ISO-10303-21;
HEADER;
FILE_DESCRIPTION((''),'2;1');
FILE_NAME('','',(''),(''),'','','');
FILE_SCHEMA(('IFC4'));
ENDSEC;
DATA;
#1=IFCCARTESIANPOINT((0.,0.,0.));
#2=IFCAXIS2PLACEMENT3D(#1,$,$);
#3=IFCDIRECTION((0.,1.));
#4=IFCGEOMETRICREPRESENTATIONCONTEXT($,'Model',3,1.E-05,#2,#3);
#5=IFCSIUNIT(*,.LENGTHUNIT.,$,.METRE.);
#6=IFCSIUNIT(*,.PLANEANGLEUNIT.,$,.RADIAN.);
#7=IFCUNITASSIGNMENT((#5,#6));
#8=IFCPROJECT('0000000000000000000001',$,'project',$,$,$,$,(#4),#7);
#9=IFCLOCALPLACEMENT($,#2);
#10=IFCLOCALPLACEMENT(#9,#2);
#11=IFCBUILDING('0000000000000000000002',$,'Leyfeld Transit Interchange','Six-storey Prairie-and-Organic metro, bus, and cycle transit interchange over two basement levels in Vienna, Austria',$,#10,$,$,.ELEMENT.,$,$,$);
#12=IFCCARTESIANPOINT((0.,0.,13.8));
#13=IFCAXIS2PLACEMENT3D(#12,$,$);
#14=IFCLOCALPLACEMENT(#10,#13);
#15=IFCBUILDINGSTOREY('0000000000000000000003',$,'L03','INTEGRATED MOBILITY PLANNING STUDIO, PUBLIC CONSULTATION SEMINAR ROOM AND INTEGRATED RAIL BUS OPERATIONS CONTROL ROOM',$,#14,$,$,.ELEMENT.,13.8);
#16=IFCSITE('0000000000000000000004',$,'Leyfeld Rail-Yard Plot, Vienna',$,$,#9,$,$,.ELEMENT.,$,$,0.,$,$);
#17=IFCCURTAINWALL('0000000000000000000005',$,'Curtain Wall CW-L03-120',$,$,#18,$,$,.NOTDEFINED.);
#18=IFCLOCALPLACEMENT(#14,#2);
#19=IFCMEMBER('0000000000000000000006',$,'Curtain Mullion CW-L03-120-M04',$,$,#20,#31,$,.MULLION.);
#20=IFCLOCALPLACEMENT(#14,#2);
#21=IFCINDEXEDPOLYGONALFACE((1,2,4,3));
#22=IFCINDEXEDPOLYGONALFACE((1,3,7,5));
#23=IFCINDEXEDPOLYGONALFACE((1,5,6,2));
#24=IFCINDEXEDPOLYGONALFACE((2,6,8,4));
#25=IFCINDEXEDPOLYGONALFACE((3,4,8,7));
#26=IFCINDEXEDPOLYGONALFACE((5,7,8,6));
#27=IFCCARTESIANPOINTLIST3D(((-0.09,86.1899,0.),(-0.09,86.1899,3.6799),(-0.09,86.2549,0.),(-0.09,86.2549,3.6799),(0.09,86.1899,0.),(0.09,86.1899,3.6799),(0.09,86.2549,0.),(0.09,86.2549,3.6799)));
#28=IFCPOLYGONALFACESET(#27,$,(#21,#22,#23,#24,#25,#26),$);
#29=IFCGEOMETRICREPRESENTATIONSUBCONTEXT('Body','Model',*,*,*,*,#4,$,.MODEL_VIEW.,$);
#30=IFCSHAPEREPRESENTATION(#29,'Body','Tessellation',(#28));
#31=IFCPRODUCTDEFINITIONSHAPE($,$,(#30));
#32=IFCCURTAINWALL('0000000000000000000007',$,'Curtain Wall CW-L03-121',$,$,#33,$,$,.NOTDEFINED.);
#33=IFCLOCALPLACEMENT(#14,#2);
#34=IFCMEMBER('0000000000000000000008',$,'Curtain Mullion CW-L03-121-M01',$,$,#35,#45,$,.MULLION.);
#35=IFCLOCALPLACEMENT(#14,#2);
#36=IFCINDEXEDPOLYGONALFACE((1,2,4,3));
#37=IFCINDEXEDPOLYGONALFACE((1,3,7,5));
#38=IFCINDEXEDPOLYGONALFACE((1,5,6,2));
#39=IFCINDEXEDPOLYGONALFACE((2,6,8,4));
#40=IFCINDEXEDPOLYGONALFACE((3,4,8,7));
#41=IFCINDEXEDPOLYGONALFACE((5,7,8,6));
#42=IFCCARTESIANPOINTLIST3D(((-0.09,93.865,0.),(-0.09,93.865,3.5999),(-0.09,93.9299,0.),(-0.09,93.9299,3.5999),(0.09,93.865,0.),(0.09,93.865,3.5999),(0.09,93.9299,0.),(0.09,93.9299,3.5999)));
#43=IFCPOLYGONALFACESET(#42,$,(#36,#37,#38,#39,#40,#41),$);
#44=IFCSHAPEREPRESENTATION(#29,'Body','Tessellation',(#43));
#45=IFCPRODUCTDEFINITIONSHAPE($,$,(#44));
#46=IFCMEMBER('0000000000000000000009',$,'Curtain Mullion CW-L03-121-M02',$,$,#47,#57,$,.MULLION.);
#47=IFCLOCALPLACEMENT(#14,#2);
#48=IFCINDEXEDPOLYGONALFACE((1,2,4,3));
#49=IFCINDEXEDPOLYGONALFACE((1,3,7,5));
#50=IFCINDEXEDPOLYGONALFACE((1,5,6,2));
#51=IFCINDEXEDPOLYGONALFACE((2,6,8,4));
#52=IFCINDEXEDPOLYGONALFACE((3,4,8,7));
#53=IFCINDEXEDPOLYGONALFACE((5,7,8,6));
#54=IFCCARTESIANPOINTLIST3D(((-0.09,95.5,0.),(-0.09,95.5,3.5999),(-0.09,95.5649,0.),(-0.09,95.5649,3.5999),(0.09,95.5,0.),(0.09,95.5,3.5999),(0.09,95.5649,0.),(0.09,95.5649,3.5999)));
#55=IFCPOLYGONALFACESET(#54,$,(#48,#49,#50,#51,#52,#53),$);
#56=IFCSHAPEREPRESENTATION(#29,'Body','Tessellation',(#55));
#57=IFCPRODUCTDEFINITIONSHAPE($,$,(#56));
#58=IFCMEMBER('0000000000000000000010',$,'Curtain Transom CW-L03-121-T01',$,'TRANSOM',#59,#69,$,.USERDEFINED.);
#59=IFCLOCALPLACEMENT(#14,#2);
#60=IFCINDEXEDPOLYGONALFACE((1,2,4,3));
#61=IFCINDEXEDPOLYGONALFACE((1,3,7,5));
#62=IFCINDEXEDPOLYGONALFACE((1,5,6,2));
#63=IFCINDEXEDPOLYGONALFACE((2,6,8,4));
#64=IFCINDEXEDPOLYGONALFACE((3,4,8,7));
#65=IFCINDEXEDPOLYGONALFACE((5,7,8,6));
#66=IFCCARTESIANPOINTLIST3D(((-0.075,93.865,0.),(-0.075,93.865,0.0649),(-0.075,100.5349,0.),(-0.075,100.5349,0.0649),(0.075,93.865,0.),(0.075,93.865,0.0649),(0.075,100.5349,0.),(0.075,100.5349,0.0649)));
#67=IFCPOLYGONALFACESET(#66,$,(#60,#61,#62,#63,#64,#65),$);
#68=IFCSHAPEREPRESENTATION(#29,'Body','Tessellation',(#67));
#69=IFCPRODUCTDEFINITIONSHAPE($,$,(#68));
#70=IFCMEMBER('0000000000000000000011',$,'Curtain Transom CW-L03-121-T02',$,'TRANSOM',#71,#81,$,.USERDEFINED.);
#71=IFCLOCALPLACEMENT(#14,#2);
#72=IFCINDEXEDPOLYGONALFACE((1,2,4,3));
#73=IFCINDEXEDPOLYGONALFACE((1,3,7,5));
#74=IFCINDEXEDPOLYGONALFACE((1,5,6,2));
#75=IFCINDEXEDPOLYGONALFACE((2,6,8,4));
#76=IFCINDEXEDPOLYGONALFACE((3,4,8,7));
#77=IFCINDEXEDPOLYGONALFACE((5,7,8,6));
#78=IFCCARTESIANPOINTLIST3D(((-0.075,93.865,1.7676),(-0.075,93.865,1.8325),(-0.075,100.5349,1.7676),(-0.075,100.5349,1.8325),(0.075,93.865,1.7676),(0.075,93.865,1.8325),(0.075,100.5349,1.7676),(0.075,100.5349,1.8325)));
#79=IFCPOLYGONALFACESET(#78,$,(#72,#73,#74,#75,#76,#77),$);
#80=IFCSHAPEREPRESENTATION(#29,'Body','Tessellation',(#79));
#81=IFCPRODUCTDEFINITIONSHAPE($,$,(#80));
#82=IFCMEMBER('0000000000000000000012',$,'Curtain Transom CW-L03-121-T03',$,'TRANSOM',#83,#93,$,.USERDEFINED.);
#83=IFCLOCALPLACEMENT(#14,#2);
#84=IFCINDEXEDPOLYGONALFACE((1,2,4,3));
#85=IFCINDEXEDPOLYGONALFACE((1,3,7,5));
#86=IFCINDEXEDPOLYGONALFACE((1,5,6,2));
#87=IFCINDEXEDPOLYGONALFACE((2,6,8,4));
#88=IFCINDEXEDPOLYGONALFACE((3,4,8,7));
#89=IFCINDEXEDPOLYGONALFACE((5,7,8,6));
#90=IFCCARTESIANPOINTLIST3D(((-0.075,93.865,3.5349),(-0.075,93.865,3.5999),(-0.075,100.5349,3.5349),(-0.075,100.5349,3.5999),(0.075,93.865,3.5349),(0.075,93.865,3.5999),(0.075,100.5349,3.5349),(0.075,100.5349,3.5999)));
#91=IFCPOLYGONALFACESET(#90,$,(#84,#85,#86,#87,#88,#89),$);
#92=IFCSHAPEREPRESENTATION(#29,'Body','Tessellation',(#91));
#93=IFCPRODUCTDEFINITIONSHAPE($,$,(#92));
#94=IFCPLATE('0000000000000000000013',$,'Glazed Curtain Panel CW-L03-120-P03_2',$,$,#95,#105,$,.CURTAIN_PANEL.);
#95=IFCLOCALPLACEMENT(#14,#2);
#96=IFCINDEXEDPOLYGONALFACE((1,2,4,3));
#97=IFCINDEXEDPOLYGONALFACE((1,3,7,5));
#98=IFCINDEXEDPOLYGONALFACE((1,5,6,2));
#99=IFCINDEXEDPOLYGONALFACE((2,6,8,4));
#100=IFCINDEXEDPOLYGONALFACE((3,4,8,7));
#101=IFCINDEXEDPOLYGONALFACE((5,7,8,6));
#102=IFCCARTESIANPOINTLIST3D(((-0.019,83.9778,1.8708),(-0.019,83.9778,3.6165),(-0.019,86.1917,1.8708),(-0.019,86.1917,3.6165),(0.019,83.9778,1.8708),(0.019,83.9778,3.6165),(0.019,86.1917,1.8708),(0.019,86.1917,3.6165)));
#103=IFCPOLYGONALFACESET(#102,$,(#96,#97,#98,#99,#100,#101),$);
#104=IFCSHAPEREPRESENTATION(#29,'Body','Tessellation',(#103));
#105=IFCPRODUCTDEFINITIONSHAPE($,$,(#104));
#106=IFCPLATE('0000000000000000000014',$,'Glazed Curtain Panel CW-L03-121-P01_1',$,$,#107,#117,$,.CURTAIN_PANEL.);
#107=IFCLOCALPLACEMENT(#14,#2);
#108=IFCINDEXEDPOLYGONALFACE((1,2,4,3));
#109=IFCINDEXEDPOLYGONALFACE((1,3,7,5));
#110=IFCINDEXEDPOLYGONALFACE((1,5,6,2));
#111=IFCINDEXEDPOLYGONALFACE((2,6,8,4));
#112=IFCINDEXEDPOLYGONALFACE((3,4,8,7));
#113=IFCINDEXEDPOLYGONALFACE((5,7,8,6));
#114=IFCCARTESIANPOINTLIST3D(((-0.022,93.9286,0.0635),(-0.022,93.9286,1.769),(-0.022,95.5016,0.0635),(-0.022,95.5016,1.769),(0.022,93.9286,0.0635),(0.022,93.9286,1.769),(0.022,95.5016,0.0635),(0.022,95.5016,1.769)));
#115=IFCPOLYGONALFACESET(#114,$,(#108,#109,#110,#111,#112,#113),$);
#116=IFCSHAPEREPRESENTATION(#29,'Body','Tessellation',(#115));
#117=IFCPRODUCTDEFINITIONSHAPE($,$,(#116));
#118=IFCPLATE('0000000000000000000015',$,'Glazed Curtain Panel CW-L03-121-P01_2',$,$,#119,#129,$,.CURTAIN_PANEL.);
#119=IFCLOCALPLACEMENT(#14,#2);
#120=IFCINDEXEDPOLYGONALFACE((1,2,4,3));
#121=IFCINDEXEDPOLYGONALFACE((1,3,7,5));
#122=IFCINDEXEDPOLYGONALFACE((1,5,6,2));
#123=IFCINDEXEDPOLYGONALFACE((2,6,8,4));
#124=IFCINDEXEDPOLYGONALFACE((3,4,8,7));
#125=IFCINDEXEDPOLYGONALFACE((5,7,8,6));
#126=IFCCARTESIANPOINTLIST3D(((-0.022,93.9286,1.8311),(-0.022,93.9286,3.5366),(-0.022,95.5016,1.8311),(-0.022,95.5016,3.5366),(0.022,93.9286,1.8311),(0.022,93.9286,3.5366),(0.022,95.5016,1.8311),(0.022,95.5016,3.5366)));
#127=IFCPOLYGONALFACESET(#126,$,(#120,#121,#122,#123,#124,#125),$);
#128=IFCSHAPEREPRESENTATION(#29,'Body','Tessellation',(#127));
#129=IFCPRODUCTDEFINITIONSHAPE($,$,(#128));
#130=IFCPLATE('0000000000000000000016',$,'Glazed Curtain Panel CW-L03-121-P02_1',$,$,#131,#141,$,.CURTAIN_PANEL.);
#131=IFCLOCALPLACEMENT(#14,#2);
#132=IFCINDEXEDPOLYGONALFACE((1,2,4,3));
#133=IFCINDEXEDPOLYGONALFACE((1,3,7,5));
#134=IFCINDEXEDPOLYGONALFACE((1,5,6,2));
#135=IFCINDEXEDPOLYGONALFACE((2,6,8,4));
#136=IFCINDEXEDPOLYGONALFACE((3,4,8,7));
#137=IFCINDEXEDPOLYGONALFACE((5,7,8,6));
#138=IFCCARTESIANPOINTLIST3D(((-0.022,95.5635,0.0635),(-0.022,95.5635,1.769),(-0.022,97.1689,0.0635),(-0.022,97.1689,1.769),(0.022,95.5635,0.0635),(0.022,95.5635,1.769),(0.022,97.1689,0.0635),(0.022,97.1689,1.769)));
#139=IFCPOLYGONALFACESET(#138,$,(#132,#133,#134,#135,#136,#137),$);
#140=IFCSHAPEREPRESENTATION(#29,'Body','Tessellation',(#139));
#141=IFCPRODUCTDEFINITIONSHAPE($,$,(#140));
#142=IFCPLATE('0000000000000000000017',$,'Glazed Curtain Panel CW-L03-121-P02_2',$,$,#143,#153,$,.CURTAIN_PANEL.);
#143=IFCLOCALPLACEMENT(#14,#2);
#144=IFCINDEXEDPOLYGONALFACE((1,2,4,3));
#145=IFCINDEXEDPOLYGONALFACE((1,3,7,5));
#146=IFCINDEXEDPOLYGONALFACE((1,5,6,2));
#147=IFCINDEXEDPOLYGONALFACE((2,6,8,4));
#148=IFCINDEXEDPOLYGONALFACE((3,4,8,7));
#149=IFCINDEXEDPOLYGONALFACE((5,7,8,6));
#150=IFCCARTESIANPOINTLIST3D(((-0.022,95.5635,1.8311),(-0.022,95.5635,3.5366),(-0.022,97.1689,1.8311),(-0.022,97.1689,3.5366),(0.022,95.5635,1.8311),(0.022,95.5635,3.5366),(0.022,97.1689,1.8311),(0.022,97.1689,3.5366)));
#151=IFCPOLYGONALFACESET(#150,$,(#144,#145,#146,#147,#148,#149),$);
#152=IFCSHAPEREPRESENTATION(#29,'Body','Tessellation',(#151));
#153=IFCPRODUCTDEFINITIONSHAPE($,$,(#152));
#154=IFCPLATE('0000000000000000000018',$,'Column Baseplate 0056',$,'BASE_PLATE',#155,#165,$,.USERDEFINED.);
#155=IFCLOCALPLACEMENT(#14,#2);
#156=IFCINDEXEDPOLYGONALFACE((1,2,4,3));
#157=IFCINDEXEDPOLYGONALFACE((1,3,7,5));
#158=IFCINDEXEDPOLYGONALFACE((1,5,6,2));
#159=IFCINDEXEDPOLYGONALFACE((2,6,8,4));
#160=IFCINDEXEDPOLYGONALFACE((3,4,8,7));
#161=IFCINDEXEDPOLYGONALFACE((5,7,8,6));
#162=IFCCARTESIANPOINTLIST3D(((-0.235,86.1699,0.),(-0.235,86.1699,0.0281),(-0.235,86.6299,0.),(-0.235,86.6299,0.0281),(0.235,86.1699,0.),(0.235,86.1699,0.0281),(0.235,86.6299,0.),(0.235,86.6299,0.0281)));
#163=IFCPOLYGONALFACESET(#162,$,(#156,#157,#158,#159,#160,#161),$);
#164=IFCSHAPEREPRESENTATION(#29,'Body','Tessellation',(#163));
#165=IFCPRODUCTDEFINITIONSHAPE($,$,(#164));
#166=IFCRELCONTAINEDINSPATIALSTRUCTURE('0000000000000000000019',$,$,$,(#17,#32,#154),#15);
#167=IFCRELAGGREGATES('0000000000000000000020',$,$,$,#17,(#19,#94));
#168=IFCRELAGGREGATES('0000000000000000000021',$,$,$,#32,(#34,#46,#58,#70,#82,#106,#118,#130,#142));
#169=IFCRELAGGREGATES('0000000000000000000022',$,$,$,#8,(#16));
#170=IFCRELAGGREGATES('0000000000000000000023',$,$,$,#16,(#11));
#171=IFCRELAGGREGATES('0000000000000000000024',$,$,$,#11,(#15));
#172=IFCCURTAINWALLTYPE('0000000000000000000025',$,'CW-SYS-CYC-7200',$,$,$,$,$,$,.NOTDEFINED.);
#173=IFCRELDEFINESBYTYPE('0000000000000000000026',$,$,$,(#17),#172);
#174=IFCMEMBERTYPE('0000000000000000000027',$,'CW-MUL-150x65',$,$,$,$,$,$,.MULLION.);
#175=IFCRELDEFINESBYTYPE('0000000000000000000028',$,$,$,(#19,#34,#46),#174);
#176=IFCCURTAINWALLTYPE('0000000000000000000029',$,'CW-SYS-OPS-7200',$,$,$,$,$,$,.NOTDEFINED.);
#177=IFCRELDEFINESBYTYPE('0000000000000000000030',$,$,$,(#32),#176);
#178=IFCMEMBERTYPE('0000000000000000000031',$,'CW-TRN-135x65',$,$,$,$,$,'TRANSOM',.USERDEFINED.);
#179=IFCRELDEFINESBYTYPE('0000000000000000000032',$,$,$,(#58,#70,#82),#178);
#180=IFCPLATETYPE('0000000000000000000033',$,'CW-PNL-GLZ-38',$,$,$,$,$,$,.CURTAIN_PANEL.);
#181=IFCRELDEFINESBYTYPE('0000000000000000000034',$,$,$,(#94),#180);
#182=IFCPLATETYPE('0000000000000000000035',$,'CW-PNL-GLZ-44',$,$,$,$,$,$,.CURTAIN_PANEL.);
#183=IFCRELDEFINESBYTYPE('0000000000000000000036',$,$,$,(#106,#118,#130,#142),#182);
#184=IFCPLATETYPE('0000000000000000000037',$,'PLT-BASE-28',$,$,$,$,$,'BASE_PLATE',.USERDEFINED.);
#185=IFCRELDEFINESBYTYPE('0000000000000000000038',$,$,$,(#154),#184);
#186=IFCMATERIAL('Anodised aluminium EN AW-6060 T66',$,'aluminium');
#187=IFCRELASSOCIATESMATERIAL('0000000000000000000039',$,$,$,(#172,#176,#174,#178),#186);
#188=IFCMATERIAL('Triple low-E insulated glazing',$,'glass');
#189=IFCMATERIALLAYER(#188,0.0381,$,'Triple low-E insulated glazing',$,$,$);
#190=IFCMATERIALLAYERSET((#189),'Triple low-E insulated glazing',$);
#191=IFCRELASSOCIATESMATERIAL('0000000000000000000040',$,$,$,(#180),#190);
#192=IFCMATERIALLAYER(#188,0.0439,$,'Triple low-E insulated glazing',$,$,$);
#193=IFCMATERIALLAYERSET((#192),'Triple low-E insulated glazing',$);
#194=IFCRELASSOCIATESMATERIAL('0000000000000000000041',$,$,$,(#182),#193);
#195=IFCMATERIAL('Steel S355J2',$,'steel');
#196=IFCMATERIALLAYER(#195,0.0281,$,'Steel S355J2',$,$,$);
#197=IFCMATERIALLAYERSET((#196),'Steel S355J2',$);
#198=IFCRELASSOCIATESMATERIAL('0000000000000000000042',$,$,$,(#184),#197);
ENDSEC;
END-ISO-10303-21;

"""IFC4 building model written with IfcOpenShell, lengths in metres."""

from ifc_helpers import new_model, si_unit, direction, frame, origin, origin_2d, place, context, subcontext, project, spatial, rectangle, extrude, material, layer, layer_set, material_profile, profile_set, type_object, element, aggregate, save


model = new_model("IFC4")

# Units and contexts
model_context = context("Model", 3, precision=1e-05, world=origin(), true_north=direction((0.0, 1.0)))
body_context = subcontext(model_context, "Body", "Model", "MODEL_VIEW")
ifc_project = project(units=[si_unit("LENGTHUNIT", "METRE"), si_unit("PLANEANGLEUNIT", "RADIAN")], contexts=[model_context])

# Site, building, storey
site_placement = place(None, origin())
site = spatial("IfcSite", under=ifc_project, at=site_placement, Name="Leyfeld Rail-Yard Plot, Vienna", CompositionType="ELEMENT", RefElevation=0.0)
building_placement = place(site_placement, origin())
building = spatial("IfcBuilding", under=site, at=building_placement, Name="Leyfeld Transit Interchange", Description="Six-storey Prairie-and-Organic metro, bus, and cycle transit interchange over two basement levels in Vienna, Austria", CompositionType="ELEMENT")
storey_placement = place(building_placement, frame((0.0, 0.0, 13.8)))
storey = spatial("IfcBuildingStorey", under=building, at=storey_placement, Name="L03", Description="INTEGRATED MOBILITY PLANNING STUDIO, PUBLIC CONSULTATION SEMINAR ROOM AND INTEGRATED RAIL BUS OPERATIONS CONTROL ROOM", CompositionType="ELEMENT", Elevation=13.8)

# Shared definitions
ifc_material_1 = material(Name="Steel S355J2", Category="steel")

# Curtain wall, member
ifc_material_2 = material(Name="Anodised aluminium EN AW-6060 T66", Category="aluminium")
curtain_wall_type_1 = type_object("IfcCurtainWallType", Name="CW-SYS-CYC-7200", PredefinedType="NOTDEFINED", material=ifc_material_2)
curtain_wall_1_placement = place(storey_placement, origin())
curtain_wall_1 = element("IfcCurtainWall", 1, at=curtain_wall_1_placement, inside=storey, type_object=curtain_wall_type_1, Name="Curtain Wall CW-L03-120", PredefinedType="NOTDEFINED")
ifc_material_profile_1 = material_profile(ifc_material_2, rectangle(XDim=0.0649, YDim=0.1799, at=origin_2d()), Name="CW-M 65x180")
ifc_profile_set_1 = profile_set([ifc_material_profile_1], Name="Anodised aluminium EN AW-6060 T66")
member_type_1 = type_object("IfcMemberType", Name="CW-MUL-150x65", PredefinedType="MULLION", material=ifc_profile_set_1)
member_1_placement = place(storey_placement, frame((0.0, 86.2224, 0.0), z_axis=(0.0, 0.0, 1.0), x_axis=(0.0, 1.0, 0.0)))
member_1 = element("IfcMember", 2, at=member_1_placement, type_object=member_type_1, Name="Curtain Mullion CW-L03-120-M04", PredefinedType="MULLION", context=body_context, shape_type="SweptSolid", body=[
    extrude(rectangle(XDim=0.0649, YDim=0.1799, at=origin_2d()), origin(), (0.0, 0.0, 1.0), 3.6799),
])

# Curtain wall, members
curtain_wall_type_2 = type_object("IfcCurtainWallType", Name="CW-SYS-OPS-7200", PredefinedType="NOTDEFINED", material=ifc_material_2)
curtain_wall_2_placement = place(storey_placement, origin())
curtain_wall_2 = element("IfcCurtainWall", 3, at=curtain_wall_2_placement, inside=storey, type_object=curtain_wall_type_2, Name="Curtain Wall CW-L03-121", PredefinedType="NOTDEFINED")
member_2_placement = place(storey_placement, frame((0.0, 93.8975, 0.0), z_axis=(0.0, 0.0, 1.0), x_axis=(0.0, 1.0, 0.0)))
member_2 = element("IfcMember", 4, at=member_2_placement, type_object=member_type_1, Name="Curtain Mullion CW-L03-121-M01", PredefinedType="MULLION", context=body_context, shape_type="SweptSolid", body=[
    extrude(rectangle(XDim=0.0649, YDim=0.1799, at=origin_2d()), origin(), (0.0, 0.0, 1.0), 3.5999),
])
member_3_placement = place(storey_placement, frame((0.0, 95.5325, 0.0), z_axis=(0.0, 0.0, 1.0), x_axis=(0.0, 1.0, 0.0)))
member_3 = element("IfcMember", 5, at=member_3_placement, type_object=member_type_1, Name="Curtain Mullion CW-L03-121-M02", PredefinedType="MULLION", context=body_context, shape_type="SweptSolid", body=[
    extrude(rectangle(XDim=0.0649, YDim=0.1799, at=origin_2d()), origin(), (0.0, 0.0, 1.0), 3.5999),
])
ifc_material_profile_2 = material_profile(ifc_material_2, rectangle(XDim=0.1499, YDim=0.0649, at=origin_2d()), Name="CW-TRN-135x65")
ifc_profile_set_2 = profile_set([ifc_material_profile_2], Name="Anodised aluminium EN AW-6060 T66")
member_type_2 = type_object("IfcMemberType", Name="CW-TRN-135x65", ElementType="TRANSOM", PredefinedType="USERDEFINED", material=ifc_profile_set_2)
member_4_placement = place(storey_placement, frame((0.0, 93.865, 0.0325), z_axis=(0.0, 1.0, 0.0), x_axis=(-1.0, 0.0, 0.0)))
member_4 = element("IfcMember", 6, at=member_4_placement, type_object=member_type_2, Name="Curtain Transom CW-L03-121-T01", ObjectType="TRANSOM", PredefinedType="USERDEFINED", context=body_context, shape_type="SweptSolid", body=[
    extrude(rectangle(XDim=0.1499, YDim=0.0649, at=origin_2d()), origin(), (0.0, 0.0, 1.0), 6.6699),
])
member_5_placement = place(storey_placement, frame((0.0, 93.865, 1.8), z_axis=(0.0, 1.0, 0.0), x_axis=(-1.0, 0.0, 0.0)))
member_5 = element("IfcMember", 7, at=member_5_placement, type_object=member_type_2, Name="Curtain Transom CW-L03-121-T02", ObjectType="TRANSOM", PredefinedType="USERDEFINED", context=body_context, shape_type="SweptSolid", body=[
    extrude(rectangle(XDim=0.1499, YDim=0.0649, at=origin_2d()), origin(), (0.0, 0.0, 1.0), 6.6699),
])
member_6_placement = place(storey_placement, frame((0.0, 93.865, 3.5674), z_axis=(0.0, 1.0, 0.0), x_axis=(-1.0, 0.0, 0.0)))
member_6 = element("IfcMember", 8, at=member_6_placement, type_object=member_type_2, Name="Curtain Transom CW-L03-121-T03", ObjectType="TRANSOM", PredefinedType="USERDEFINED", context=body_context, shape_type="SweptSolid", body=[
    extrude(rectangle(XDim=0.1499, YDim=0.0649, at=origin_2d()), origin(), (0.0, 0.0, 1.0), 6.6699),
])

# Plates
ifc_material_3 = material(Name="Triple low-E insulated glazing", Category="glass")
ifc_layer_1 = layer(ifc_material_3, 0.0381, Name="Triple low-E insulated glazing")
ifc_layer_set_1 = layer_set([ifc_layer_1], Name="Triple low-E insulated glazing")
plate_type_1 = type_object("IfcPlateType", Name="CW-PNL-GLZ-38", PredefinedType="CURTAIN_PANEL", material=ifc_layer_set_1)
plate_1_placement = place(storey_placement, frame((0.0, 85.0847, 1.8708), z_axis=(0.0, 0.0, 1.0), x_axis=(0.0, 1.0, 0.0)))
plate_1 = element("IfcPlate", 9, at=plate_1_placement, type_object=plate_type_1, Name="Glazed Curtain Panel CW-L03-120-P03_2", PredefinedType="CURTAIN_PANEL", context=body_context, shape_type="SweptSolid", body=[
    extrude(rectangle(XDim=2.2139, YDim=0.0381, at=origin_2d()), origin(), (0.0, 0.0, 1.0), 1.7456),
])
aggregate(curtain_wall_1, [member_1, plate_1])
ifc_layer_2 = layer(ifc_material_3, 0.0439, Name="Triple low-E insulated glazing")
ifc_layer_set_2 = layer_set([ifc_layer_2], Name="Triple low-E insulated glazing")
plate_type_2 = type_object("IfcPlateType", Name="CW-PNL-GLZ-44", PredefinedType="CURTAIN_PANEL", material=ifc_layer_set_2)
plate_2_placement = place(storey_placement, frame((0.0, 94.7151, 0.0635), z_axis=(0.0, 0.0, 1.0), x_axis=(0.0, 1.0, 0.0)))
plate_2 = element("IfcPlate", 10, at=plate_2_placement, type_object=plate_type_2, Name="Glazed Curtain Panel CW-L03-121-P01_1", PredefinedType="CURTAIN_PANEL", context=body_context, shape_type="SweptSolid", body=[
    extrude(rectangle(XDim=1.573, YDim=0.0439, at=origin_2d()), origin(), (0.0, 0.0, 1.0), 1.7056),
])
plate_3_placement = place(storey_placement, frame((0.0, 94.7151, 1.8311), z_axis=(0.0, 0.0, 1.0), x_axis=(0.0, 1.0, 0.0)))
plate_3 = element("IfcPlate", 11, at=plate_3_placement, type_object=plate_type_2, Name="Glazed Curtain Panel CW-L03-121-P01_2", PredefinedType="CURTAIN_PANEL", context=body_context, shape_type="SweptSolid", body=[
    extrude(rectangle(XDim=1.573, YDim=0.0439, at=origin_2d()), origin(), (0.0, 0.0, 1.0), 1.7056),
])
plate_4_placement = place(storey_placement, frame((0.0, 96.3662, 0.0635), z_axis=(0.0, 0.0, 1.0), x_axis=(0.0, 1.0, 0.0)))
plate_4 = element("IfcPlate", 12, at=plate_4_placement, type_object=plate_type_2, Name="Glazed Curtain Panel CW-L03-121-P02_1", PredefinedType="CURTAIN_PANEL", context=body_context, shape_type="SweptSolid", body=[
    extrude(rectangle(XDim=1.6055, YDim=0.0439, at=origin_2d()), origin(), (0.0, 0.0, 1.0), 1.7056),
])
plate_5_placement = place(storey_placement, frame((0.0, 96.3662, 1.8311), z_axis=(0.0, 0.0, 1.0), x_axis=(0.0, 1.0, 0.0)))
plate_5 = element("IfcPlate", 13, at=plate_5_placement, type_object=plate_type_2, Name="Glazed Curtain Panel CW-L03-121-P02_2", PredefinedType="CURTAIN_PANEL", context=body_context, shape_type="SweptSolid", body=[
    extrude(rectangle(XDim=1.6055, YDim=0.0439, at=origin_2d()), origin(), (0.0, 0.0, 1.0), 1.7056),
])
aggregate(curtain_wall_2, [member_2, member_3, member_4, member_5, member_6, plate_2, plate_3, plate_4, plate_5])
ifc_layer_3 = layer(ifc_material_1, 0.0281, Name="Steel S355J2")
ifc_layer_set_3 = layer_set([ifc_layer_3], Name="Steel S355J2")
plate_type_3 = type_object("IfcPlateType", Name="PLT-BASE-28", ElementType="BASE_PLATE", PredefinedType="USERDEFINED", material=ifc_layer_set_3)
plate_6_placement = place(storey_placement, frame((0.0, 86.3999, 0.0), z_axis=(0.0, 0.0, 1.0), x_axis=(0.0, 1.0, 0.0)))
element("IfcPlate", 14, at=plate_6_placement, inside=storey, type_object=plate_type_3, Name="Column Baseplate 0056", ObjectType="BASE_PLATE", PredefinedType="USERDEFINED", context=body_context, shape_type="SweptSolid", body=[
    extrude(rectangle(XDim=0.46, YDim=0.47, at=origin_2d()), origin(), (0.0, 0.0, 1.0), 0.0281),
])

save(model, "model.ifc")
